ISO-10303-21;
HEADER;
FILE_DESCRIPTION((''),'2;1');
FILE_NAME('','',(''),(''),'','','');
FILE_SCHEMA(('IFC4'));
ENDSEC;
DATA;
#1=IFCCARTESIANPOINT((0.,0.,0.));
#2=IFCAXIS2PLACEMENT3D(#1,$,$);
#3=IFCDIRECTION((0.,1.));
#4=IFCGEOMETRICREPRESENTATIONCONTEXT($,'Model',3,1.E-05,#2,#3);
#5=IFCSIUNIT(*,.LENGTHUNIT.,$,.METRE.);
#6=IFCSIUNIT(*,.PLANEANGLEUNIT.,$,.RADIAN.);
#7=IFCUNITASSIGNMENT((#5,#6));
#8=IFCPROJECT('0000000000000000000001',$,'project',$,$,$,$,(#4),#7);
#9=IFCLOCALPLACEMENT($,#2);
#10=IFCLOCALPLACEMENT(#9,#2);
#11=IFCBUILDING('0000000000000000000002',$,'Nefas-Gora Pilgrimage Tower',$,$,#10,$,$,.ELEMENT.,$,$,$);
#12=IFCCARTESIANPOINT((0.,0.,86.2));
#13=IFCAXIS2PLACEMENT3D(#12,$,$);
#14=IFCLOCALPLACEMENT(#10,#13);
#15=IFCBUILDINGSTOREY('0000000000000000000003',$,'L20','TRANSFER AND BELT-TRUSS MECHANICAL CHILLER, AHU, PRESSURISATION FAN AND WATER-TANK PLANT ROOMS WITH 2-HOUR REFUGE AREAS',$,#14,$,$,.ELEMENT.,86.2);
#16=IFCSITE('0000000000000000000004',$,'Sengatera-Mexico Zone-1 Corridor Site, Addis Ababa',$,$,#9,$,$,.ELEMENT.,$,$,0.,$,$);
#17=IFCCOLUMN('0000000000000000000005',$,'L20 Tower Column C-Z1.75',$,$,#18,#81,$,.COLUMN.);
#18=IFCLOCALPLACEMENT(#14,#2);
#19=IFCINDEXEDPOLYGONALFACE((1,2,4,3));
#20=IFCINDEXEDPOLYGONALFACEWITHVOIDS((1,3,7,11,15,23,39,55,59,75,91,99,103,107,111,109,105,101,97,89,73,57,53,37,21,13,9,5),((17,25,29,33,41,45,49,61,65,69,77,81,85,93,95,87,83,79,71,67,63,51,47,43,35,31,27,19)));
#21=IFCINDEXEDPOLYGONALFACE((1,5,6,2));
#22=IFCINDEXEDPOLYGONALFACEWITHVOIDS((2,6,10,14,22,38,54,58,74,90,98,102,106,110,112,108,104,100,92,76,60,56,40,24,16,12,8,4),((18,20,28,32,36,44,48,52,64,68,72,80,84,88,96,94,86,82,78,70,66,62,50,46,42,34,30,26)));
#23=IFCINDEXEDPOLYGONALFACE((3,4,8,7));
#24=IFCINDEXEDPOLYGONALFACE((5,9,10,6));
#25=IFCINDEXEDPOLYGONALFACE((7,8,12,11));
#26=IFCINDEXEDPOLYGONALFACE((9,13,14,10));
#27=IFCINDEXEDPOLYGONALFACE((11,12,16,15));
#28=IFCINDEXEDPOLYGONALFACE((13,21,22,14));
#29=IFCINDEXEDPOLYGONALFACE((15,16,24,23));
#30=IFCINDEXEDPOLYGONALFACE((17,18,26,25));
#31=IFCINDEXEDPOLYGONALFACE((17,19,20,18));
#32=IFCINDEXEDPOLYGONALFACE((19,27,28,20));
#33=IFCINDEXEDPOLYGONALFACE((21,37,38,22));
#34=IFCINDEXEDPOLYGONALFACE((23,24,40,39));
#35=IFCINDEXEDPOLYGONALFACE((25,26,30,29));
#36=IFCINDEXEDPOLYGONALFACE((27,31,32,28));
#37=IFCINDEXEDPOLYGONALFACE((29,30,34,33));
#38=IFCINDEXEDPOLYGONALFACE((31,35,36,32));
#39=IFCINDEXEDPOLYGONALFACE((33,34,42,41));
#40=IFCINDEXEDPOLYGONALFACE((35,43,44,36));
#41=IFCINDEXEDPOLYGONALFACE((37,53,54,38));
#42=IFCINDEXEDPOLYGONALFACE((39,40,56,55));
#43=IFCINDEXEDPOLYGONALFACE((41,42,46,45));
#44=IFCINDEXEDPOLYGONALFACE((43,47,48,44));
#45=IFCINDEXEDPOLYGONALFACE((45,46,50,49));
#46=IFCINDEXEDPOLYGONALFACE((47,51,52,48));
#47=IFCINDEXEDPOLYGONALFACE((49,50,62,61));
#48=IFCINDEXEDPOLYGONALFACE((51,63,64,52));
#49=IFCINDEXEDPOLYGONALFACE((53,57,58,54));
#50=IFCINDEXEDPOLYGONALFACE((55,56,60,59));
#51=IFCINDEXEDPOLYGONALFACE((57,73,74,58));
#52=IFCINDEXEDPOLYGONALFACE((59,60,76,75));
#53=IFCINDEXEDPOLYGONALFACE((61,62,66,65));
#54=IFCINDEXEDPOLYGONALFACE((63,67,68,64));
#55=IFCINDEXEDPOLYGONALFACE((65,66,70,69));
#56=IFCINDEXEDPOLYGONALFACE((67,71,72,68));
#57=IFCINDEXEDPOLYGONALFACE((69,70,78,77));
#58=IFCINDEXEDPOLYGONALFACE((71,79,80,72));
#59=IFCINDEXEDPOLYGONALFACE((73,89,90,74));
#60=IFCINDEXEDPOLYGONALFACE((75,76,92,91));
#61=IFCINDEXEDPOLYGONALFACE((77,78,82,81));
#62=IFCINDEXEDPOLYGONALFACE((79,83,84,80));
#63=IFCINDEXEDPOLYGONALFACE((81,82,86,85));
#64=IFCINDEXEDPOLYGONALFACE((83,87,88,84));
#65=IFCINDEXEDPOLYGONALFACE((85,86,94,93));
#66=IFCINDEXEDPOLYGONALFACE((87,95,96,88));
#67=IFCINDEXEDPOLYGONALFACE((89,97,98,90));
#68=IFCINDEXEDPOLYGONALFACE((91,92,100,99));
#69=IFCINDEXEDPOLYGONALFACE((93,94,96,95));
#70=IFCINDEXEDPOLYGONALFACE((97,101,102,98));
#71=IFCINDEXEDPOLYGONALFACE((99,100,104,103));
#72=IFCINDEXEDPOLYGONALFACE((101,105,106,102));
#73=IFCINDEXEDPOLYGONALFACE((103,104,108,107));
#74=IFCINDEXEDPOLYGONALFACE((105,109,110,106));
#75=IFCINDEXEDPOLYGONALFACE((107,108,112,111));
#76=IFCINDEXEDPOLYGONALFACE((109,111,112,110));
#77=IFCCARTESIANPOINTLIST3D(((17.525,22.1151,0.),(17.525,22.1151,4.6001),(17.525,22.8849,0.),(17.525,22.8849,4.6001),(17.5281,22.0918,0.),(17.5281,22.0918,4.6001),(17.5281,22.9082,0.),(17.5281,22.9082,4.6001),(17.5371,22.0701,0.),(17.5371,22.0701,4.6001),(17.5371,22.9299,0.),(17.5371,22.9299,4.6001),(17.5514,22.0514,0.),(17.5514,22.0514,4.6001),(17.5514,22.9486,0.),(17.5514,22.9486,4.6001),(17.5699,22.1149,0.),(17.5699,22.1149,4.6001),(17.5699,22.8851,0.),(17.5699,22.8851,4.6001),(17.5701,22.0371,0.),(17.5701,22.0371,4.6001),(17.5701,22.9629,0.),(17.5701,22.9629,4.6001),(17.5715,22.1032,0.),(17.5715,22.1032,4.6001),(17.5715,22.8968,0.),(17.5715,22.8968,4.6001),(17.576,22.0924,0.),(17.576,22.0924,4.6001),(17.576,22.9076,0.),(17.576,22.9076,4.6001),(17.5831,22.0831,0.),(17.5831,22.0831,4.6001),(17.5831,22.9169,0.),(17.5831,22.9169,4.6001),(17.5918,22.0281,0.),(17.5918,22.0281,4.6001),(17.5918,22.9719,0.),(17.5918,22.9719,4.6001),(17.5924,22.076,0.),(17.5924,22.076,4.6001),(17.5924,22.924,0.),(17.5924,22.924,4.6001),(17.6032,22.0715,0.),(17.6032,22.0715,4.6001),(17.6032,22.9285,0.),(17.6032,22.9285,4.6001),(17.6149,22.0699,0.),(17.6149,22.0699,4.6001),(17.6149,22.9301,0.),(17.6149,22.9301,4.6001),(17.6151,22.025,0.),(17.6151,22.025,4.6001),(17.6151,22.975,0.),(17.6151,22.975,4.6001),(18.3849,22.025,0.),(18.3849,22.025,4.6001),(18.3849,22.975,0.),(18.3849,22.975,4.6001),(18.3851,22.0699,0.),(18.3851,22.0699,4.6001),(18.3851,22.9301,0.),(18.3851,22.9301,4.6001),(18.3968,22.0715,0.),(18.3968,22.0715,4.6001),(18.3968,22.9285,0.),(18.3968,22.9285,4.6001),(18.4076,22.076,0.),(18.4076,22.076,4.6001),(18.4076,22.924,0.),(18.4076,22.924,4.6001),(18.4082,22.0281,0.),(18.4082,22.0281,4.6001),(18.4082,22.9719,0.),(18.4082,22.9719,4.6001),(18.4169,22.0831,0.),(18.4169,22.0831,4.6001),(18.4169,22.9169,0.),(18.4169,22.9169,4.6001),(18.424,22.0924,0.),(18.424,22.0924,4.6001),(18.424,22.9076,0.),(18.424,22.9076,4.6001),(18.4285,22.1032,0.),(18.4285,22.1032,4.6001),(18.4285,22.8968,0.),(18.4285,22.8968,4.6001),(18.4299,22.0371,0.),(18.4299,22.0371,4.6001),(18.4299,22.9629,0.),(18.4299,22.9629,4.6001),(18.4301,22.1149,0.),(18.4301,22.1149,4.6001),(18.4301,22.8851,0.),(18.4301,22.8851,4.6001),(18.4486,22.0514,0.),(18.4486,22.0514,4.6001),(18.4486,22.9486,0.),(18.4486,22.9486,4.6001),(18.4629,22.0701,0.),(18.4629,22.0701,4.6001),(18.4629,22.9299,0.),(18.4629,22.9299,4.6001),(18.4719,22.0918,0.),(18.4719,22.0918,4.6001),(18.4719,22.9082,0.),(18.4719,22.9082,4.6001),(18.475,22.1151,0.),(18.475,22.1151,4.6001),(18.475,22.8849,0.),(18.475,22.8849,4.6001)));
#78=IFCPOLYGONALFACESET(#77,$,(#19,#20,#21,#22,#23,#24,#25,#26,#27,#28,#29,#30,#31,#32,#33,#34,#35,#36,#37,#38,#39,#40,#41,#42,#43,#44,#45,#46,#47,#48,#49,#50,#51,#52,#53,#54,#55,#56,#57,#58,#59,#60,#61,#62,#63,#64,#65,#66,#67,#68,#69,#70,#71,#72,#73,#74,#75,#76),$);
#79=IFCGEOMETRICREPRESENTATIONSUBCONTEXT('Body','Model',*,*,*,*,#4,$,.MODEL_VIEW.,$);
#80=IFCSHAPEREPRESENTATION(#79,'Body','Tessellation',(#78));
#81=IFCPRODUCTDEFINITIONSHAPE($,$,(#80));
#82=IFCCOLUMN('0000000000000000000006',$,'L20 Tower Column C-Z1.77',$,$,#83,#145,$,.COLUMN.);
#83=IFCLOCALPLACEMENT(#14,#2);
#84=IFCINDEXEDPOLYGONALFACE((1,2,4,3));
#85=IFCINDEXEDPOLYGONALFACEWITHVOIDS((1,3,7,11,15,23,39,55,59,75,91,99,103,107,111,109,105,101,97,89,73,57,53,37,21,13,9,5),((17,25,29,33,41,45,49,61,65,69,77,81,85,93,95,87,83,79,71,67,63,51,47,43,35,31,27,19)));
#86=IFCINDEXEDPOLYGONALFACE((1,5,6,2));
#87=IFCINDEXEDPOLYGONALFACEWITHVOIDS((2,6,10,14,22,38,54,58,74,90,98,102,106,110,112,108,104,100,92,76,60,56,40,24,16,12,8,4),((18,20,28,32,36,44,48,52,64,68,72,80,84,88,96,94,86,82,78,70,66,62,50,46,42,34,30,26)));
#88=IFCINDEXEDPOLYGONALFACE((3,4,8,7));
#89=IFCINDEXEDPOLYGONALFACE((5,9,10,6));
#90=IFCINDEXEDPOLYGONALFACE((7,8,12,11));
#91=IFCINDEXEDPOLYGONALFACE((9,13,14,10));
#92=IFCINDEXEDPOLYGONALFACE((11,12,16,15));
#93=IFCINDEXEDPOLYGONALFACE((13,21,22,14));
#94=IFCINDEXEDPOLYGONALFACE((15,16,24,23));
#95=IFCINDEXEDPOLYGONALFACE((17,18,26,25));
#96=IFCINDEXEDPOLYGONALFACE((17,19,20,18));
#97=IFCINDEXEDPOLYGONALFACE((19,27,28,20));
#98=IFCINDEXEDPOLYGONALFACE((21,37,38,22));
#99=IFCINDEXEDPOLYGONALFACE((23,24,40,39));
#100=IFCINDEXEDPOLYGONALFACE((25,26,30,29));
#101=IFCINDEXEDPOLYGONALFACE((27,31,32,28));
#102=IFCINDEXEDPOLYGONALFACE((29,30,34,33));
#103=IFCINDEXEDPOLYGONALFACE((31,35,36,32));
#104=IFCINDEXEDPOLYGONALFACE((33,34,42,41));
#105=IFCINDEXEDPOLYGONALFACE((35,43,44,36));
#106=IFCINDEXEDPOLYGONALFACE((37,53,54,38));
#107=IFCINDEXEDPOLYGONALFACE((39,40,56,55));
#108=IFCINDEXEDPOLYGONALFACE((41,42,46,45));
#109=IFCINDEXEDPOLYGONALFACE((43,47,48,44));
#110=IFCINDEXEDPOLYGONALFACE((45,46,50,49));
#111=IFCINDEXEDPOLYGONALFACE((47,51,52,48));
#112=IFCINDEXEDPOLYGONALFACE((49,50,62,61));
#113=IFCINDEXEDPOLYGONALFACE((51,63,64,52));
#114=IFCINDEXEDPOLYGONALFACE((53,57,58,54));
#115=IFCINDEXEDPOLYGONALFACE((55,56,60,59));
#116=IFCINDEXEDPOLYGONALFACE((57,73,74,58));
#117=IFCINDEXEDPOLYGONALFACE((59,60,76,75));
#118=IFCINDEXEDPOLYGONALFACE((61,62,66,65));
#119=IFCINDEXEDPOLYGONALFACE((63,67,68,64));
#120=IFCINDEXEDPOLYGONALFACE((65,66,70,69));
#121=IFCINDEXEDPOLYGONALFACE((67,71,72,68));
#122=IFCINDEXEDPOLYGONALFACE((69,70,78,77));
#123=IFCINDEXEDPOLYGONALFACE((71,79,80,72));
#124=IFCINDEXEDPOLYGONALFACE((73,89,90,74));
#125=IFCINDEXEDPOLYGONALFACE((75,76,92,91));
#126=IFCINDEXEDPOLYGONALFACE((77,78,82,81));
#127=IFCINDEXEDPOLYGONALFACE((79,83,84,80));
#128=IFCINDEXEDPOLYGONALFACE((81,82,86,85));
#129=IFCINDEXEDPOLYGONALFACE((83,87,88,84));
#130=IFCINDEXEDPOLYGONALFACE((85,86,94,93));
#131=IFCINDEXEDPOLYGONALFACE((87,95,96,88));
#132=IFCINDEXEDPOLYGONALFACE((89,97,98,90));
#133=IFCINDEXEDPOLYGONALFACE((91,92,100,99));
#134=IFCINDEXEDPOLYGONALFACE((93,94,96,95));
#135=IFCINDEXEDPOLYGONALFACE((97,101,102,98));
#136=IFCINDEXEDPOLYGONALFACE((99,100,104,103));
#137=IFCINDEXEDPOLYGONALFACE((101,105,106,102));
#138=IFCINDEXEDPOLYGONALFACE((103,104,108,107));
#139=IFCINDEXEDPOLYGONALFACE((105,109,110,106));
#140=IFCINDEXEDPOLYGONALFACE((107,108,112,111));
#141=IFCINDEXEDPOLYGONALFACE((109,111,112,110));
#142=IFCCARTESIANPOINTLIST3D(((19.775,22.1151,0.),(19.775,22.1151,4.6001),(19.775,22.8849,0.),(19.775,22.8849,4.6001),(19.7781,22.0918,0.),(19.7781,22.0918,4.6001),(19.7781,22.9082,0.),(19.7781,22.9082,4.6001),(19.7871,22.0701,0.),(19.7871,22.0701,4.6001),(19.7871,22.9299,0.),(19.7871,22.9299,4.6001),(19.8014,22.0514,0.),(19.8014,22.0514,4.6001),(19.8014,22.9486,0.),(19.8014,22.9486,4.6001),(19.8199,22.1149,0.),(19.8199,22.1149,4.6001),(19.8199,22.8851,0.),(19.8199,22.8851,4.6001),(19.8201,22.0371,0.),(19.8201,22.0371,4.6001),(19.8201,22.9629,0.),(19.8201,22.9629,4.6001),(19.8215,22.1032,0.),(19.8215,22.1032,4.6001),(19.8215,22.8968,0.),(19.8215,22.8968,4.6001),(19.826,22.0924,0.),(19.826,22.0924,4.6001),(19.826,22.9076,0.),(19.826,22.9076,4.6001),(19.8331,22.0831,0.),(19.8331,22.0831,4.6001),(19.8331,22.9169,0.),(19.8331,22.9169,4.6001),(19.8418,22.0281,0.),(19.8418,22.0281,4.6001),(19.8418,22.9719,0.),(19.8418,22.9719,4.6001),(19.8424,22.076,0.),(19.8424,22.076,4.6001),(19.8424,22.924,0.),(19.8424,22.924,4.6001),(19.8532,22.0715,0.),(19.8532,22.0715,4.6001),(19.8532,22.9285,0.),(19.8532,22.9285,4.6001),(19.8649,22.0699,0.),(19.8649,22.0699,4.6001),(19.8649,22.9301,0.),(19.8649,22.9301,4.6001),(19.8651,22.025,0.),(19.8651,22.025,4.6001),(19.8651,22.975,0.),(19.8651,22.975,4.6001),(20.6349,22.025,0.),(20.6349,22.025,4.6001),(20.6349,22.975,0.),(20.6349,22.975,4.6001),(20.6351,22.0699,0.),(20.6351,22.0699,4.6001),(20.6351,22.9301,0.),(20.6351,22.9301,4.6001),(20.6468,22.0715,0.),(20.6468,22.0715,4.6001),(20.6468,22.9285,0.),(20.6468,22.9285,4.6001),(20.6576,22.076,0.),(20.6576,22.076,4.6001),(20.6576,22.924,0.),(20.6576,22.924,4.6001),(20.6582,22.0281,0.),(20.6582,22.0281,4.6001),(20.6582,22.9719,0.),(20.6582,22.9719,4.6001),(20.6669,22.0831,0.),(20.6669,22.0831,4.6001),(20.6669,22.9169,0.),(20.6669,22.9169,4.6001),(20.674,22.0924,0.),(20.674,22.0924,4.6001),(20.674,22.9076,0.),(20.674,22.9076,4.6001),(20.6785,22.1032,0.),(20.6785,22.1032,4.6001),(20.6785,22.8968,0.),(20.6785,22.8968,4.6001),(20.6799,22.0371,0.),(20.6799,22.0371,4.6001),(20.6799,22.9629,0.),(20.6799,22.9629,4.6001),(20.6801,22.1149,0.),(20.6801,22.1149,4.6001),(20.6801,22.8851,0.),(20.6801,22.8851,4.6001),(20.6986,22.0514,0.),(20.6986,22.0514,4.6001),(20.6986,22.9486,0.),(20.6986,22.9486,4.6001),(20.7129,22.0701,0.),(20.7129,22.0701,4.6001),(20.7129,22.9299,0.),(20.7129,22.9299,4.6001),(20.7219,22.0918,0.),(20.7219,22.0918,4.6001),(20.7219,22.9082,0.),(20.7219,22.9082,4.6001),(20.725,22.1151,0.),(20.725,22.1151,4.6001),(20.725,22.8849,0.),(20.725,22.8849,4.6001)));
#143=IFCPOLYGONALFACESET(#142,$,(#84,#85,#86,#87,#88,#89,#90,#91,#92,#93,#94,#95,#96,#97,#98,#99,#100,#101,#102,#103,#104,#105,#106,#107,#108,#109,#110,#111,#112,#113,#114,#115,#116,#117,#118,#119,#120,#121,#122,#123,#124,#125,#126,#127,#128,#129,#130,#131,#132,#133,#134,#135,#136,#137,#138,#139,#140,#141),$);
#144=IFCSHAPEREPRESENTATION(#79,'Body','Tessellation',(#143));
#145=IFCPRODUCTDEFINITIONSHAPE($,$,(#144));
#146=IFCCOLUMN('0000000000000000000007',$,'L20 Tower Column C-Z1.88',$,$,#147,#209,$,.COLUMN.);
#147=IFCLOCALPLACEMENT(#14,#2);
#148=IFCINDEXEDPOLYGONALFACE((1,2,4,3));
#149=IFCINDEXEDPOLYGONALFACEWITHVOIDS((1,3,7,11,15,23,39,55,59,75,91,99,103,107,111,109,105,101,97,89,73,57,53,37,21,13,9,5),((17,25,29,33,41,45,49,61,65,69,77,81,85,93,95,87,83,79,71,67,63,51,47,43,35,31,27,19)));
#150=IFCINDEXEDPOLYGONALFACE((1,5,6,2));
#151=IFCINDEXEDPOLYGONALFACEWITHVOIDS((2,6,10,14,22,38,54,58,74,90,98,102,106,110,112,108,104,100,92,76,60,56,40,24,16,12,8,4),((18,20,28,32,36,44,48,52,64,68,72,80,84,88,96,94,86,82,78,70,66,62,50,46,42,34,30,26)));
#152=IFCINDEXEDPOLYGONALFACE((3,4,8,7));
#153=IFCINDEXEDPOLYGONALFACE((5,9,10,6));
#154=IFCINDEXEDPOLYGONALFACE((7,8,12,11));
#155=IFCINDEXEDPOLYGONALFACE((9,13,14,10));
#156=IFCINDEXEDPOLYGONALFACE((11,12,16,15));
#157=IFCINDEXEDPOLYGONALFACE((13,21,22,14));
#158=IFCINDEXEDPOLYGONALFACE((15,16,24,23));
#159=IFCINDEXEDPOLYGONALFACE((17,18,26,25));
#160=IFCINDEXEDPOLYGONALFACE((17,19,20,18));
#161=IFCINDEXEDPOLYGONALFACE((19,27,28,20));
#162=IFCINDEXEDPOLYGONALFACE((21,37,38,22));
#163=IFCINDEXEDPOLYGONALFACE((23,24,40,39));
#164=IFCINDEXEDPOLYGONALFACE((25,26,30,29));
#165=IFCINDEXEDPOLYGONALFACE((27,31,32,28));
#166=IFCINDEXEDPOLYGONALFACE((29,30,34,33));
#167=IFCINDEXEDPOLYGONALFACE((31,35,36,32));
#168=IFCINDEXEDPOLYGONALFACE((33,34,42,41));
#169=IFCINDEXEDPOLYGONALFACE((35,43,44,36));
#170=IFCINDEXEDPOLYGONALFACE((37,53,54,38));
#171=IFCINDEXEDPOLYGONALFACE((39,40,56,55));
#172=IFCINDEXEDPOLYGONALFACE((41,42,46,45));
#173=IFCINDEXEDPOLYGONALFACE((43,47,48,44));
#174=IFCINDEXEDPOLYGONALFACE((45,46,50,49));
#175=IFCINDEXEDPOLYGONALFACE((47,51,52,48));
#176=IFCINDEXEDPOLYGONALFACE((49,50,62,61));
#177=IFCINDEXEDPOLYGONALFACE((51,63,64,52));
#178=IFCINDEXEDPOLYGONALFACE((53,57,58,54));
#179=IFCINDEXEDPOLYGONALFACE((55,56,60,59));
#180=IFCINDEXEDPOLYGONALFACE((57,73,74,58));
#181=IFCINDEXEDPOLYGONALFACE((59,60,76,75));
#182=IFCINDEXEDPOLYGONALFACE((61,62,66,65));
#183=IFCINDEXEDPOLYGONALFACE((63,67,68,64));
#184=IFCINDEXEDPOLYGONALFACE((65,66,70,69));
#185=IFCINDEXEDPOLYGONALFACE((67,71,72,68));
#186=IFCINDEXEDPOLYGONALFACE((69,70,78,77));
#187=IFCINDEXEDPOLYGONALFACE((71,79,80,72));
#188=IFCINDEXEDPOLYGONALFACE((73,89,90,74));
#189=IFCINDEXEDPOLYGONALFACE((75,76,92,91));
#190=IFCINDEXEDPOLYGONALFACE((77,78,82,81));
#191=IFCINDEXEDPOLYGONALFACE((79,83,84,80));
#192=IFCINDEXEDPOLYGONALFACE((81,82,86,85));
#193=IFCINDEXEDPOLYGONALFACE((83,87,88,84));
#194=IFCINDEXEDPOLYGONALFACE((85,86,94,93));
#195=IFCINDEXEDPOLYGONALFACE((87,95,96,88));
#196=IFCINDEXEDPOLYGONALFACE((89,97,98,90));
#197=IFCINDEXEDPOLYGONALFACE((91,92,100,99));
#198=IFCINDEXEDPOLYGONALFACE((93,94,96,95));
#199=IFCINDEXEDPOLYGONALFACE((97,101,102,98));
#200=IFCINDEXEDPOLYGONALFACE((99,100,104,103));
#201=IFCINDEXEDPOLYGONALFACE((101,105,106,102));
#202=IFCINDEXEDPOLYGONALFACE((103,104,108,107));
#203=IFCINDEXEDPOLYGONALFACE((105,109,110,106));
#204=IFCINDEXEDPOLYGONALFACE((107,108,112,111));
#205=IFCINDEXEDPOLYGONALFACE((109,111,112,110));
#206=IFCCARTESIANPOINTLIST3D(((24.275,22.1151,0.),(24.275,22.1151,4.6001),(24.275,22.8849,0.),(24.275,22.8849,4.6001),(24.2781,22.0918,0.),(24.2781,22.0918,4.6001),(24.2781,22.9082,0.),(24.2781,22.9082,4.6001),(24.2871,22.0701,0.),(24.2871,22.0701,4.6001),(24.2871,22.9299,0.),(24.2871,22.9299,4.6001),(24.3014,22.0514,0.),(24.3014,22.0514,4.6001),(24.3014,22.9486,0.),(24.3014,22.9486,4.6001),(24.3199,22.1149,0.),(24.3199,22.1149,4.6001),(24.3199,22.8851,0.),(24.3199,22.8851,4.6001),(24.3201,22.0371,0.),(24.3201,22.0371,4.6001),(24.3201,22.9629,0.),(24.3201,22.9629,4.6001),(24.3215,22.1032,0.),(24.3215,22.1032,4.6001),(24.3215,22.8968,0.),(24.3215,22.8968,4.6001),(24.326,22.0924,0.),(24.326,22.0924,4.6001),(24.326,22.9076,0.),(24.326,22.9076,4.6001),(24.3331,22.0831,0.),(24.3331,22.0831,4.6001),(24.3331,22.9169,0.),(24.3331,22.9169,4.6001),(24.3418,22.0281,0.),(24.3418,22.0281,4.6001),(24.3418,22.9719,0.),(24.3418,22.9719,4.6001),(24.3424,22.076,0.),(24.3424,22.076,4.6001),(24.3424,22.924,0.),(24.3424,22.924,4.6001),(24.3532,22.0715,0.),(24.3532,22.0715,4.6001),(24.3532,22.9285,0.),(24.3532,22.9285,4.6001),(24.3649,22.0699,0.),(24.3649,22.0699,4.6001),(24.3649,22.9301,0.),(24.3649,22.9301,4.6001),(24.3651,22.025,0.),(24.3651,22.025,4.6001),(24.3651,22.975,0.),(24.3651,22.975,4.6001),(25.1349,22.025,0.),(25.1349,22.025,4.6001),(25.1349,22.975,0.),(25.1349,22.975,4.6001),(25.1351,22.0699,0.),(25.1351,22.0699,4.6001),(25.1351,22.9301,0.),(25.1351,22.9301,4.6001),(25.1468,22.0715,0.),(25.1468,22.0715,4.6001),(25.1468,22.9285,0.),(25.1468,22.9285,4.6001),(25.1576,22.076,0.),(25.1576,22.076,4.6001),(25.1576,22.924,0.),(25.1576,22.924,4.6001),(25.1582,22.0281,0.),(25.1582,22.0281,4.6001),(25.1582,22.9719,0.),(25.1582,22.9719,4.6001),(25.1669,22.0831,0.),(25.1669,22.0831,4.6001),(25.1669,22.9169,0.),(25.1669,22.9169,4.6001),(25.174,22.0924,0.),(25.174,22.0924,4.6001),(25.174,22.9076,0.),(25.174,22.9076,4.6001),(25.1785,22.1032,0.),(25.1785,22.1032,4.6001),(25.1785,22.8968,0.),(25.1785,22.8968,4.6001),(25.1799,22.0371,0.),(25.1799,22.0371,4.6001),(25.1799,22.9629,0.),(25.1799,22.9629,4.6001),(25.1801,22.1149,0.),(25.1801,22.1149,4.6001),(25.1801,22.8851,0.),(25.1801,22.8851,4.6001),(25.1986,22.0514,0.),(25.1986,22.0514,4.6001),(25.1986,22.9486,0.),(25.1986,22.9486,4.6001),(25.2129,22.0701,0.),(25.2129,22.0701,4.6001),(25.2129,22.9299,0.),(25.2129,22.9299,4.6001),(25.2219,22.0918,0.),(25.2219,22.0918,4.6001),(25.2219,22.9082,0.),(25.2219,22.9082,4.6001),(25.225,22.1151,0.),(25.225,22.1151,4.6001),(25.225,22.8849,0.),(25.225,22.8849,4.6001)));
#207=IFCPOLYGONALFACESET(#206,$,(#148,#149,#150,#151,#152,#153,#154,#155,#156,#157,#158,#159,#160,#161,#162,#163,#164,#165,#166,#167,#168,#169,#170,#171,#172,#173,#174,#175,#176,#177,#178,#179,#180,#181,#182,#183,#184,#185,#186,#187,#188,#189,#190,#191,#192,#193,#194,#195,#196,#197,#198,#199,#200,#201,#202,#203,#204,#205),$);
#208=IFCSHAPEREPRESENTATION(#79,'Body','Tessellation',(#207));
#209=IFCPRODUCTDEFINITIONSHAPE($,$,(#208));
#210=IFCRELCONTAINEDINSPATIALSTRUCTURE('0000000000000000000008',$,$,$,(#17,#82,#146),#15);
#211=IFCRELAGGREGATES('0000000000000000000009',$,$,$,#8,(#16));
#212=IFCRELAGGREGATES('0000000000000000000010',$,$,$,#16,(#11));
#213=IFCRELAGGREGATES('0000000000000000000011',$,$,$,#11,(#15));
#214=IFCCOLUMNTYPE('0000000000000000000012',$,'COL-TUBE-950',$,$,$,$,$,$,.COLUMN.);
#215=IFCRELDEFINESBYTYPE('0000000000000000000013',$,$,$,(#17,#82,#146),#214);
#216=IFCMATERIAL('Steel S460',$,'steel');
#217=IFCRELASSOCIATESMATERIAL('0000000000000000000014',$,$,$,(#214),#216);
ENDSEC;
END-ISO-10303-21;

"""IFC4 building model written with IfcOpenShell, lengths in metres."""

from ifc_helpers import new_model, si_unit, direction, frame, origin, origin_2d, place, context, subcontext, project, spatial, hollow_rectangle, extrude, source, transform, mapped, material, material_profile, profile_set, type_object, element, save


model = new_model("IFC4")

# Units and contexts
model_context = context("Model", 3, precision=1e-05, world=origin(), true_north=direction((0.0, 1.0)))
body_context = subcontext(model_context, "Body", "Model", "MODEL_VIEW")
ifc_project = project(units=[si_unit("LENGTHUNIT", "METRE"), si_unit("PLANEANGLEUNIT", "RADIAN")], contexts=[model_context])

# Site, building, storey
site_placement = place(None, origin())
site = spatial("IfcSite", under=ifc_project, at=site_placement, Name="Sengatera-Mexico Zone-1 Corridor Site, Addis Ababa", CompositionType="ELEMENT", RefElevation=0.0)
building_placement = place(site_placement, origin())
building = spatial("IfcBuilding", under=site, at=building_placement, Name="Nefas-Gora Pilgrimage Tower", CompositionType="ELEMENT")
storey_placement = place(building_placement, frame((0.0, 0.0, 86.2)))
storey = spatial("IfcBuildingStorey", under=building, at=storey_placement, Name="L20", Description="TRANSFER AND BELT-TRUSS MECHANICAL CHILLER, AHU, PRESSURISATION FAN AND WATER-TANK PLANT ROOMS WITH 2-HOUR REFUGE AREAS", CompositionType="ELEMENT", Elevation=86.2)

# Columns
ifc_material_1 = material(Name="Steel S460", Category="steel")
ifc_material_profile_1 = material_profile(ifc_material_1, hollow_rectangle(XDim=0.95, YDim=0.95, WallThickness=0.0449, InnerFilletRadius=0.0449, OuterFilletRadius=0.0901, at=origin_2d()), Name="BOX 950x950x45")
ifc_profile_set_1 = profile_set([ifc_material_profile_1], Name="Steel S460")
column_type_1 = type_object("IfcColumnType", Name="COL-TUBE-950", PredefinedType="COLUMN", material=ifc_profile_set_1)
shared_shape_1 = source(origin(), body_context, "Body", "SweptSolid", [
    extrude(hollow_rectangle(XDim=0.95, YDim=0.95, WallThickness=0.0449, InnerFilletRadius=0.0449, OuterFilletRadius=0.0901, at=origin_2d()), origin(), (0.0, 0.0, 1.0), 4.6001),
])
for number, where, z_axis, x_axis, name in (
    (1, (18.0, 22.5, 0.0), (0.0, 0.0, 1.0), (1.0, 0.0, 0.0), "L20 Tower Column C-Z1.75"),
    (2, (20.25, 22.5, 0.0), (0.0, 0.0, 1.0), (1.0, 0.0, 0.0), "L20 Tower Column C-Z1.77"),
    (3, (24.75, 22.5, 0.0), (0.0, 0.0, 1.0), (1.0, 0.0, 0.0), "L20 Tower Column C-Z1.88"),
):
    element("IfcColumn", number, at=place(storey_placement, frame(where, z_axis=z_axis, x_axis=x_axis)), inside=storey, type_object=column_type_1, Name=name, PredefinedType="COLUMN", context=body_context, shape_type="MappedRepresentation", body=[
        mapped(shared_shape_1, transform((0.0, 0.0, 0.0), x_axis=(1.0, 0.0, 0.0), y_axis=(0.0, 1.0, 0.0), z_axis=(0.0, 0.0, 1.0), scale=1.0)),
    ])

save(model, "model.ifc")
